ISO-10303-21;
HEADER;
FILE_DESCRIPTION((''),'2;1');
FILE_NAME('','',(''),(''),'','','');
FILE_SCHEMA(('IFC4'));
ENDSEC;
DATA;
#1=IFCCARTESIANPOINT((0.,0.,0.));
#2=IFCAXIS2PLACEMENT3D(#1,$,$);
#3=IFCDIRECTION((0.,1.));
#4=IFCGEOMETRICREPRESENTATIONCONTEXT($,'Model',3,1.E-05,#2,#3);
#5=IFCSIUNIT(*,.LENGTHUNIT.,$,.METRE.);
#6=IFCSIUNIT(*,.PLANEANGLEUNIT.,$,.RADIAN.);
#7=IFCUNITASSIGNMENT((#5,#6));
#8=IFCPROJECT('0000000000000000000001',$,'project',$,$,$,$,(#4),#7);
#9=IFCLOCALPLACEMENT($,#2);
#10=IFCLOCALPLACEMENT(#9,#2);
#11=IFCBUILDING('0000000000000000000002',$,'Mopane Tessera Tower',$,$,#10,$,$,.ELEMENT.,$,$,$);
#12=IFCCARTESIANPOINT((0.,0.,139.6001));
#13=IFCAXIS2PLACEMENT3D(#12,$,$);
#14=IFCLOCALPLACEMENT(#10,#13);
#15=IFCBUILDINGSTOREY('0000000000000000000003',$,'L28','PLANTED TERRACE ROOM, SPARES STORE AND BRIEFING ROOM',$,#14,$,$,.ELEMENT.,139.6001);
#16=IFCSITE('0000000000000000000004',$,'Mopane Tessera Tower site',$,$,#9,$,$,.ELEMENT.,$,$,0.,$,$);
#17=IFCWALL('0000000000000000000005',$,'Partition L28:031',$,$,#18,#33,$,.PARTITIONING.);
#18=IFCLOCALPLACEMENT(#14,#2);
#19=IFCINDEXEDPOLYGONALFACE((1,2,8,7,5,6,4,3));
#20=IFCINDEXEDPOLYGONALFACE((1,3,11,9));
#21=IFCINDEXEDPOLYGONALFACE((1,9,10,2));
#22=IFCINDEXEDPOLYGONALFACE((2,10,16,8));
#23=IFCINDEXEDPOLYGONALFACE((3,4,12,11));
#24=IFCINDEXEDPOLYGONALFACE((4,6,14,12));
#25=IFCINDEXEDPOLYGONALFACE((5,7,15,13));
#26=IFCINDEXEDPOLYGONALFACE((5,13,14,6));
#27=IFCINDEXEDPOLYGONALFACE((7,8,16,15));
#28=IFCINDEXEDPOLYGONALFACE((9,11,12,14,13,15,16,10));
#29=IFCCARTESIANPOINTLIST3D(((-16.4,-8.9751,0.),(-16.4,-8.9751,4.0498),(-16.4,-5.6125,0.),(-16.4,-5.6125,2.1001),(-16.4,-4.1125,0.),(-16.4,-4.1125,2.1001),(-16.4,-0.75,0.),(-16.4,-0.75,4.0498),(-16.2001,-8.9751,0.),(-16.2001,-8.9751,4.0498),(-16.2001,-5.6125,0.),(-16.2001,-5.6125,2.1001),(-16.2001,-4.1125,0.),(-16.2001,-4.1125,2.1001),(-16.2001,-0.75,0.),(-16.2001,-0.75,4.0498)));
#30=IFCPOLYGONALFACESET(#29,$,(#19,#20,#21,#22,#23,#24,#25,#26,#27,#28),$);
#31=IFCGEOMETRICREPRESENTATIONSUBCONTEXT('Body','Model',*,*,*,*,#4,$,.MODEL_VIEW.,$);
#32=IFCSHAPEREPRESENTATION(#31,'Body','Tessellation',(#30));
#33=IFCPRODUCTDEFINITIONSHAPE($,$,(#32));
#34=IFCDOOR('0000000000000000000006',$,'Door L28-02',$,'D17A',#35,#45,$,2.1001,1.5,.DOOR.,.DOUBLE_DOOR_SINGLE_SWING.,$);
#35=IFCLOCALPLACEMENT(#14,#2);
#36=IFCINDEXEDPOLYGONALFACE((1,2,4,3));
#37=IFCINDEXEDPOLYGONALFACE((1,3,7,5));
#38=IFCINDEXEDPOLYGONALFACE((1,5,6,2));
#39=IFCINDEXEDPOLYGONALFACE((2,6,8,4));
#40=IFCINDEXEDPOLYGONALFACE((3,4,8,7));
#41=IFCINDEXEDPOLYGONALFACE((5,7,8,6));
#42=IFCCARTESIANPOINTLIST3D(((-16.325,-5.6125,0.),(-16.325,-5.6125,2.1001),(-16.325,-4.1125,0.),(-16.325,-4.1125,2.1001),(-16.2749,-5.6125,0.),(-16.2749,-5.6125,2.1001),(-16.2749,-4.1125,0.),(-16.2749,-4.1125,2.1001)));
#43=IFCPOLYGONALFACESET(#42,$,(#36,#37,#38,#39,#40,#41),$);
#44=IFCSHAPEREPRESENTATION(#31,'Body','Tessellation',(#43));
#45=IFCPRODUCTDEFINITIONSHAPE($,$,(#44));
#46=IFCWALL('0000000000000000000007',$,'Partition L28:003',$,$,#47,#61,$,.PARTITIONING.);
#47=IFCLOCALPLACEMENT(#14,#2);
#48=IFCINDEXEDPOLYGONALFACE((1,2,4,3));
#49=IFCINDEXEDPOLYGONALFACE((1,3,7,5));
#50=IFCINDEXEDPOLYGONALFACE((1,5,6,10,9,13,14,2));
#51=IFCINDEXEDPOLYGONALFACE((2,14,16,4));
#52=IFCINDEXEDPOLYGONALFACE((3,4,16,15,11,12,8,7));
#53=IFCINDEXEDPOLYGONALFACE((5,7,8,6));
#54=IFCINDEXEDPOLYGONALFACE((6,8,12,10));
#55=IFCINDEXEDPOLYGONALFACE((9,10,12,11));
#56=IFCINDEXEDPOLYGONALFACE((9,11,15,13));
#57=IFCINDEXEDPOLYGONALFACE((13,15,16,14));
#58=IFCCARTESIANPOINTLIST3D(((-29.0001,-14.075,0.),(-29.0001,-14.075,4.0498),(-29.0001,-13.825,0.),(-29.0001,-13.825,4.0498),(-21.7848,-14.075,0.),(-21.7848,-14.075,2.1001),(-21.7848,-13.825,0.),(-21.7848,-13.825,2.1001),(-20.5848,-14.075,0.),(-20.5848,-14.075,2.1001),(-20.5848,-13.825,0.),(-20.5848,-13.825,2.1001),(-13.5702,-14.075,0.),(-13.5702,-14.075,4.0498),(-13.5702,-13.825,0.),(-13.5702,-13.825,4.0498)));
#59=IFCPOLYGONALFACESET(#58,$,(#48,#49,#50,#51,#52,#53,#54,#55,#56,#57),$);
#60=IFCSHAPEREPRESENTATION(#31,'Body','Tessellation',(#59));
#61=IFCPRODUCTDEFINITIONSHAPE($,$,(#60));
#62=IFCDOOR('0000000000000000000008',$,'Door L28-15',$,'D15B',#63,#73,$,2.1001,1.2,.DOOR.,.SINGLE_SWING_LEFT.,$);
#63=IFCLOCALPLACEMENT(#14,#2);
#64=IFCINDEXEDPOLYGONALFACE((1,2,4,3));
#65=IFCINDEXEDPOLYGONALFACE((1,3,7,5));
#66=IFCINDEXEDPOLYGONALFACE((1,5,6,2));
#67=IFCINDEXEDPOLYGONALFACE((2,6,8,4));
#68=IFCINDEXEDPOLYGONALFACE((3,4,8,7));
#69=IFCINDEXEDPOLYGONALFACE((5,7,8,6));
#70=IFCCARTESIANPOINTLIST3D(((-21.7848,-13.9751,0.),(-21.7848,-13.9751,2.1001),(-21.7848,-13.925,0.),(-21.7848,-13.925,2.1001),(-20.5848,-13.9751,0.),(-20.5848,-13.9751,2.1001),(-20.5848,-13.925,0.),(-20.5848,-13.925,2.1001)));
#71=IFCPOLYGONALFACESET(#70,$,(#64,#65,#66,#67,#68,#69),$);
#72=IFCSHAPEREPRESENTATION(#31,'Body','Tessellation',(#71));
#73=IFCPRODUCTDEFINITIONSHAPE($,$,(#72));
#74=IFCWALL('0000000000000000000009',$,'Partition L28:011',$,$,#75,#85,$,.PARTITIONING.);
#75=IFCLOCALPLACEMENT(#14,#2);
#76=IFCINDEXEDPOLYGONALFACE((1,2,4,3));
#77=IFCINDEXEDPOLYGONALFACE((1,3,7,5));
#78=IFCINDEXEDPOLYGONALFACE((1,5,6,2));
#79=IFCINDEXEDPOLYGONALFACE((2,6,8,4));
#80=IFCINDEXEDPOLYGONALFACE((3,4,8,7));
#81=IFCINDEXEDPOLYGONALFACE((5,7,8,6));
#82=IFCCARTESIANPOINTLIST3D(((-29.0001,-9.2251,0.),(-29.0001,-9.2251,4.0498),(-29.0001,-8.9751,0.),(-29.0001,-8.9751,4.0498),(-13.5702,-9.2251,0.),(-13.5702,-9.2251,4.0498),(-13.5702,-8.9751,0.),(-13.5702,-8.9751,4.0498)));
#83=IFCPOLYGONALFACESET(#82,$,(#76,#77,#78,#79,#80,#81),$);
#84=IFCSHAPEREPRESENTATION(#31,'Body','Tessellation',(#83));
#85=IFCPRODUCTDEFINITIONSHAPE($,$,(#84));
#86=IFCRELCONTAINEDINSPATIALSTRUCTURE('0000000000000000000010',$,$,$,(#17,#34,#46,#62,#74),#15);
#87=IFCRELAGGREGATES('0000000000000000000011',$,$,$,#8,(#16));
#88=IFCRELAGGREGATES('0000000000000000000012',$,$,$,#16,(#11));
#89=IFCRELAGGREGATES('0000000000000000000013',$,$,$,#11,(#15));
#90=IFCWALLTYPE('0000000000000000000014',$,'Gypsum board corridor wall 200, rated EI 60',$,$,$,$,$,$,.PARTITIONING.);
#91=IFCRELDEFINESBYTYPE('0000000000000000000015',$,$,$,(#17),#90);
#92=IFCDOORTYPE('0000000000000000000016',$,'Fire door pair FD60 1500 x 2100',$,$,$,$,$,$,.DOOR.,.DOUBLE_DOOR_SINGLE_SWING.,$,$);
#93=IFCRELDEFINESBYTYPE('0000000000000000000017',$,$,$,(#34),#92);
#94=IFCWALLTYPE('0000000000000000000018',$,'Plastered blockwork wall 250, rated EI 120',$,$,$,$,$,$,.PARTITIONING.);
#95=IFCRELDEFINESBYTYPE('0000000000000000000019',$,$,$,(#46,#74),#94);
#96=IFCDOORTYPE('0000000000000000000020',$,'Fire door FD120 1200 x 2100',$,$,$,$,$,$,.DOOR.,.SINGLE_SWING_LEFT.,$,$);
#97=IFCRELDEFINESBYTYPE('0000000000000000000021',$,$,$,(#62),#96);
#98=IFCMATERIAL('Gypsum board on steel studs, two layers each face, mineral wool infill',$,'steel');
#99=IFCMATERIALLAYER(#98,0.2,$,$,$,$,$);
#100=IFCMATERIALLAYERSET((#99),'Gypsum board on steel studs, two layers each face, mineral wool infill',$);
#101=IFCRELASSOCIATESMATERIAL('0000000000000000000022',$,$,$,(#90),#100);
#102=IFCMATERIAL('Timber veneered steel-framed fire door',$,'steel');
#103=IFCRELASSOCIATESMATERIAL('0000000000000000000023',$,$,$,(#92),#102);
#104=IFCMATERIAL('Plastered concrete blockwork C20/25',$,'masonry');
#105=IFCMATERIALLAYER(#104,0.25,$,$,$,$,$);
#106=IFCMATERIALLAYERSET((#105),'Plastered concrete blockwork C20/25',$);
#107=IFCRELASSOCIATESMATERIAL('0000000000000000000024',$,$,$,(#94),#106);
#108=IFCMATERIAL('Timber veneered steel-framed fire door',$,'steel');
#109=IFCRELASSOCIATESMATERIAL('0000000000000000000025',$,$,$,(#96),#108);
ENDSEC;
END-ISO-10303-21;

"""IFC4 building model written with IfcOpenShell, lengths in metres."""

from ifc_helpers import new_model, si_unit, direction, frame, frame_2d, origin, place, context, subcontext, project, spatial, rectangle, extrude, material, layer, layer_set, type_object, element, fill, save


model = new_model("IFC4")

# Units and contexts
model_context = context("Model", 3, precision=1e-05, world=origin(), true_north=direction((0.0, 1.0)))
body_context = subcontext(model_context, "Body", "Model", "MODEL_VIEW")
ifc_project = project(units=[si_unit("LENGTHUNIT", "METRE"), si_unit("PLANEANGLEUNIT", "RADIAN")], contexts=[model_context])

# Site, building, storey
site_placement = place(None, origin())
site = spatial("IfcSite", under=ifc_project, at=site_placement, Name="Mopane Tessera Tower site", CompositionType="ELEMENT", RefElevation=0.0)
building_placement = place(site_placement, origin())
building = spatial("IfcBuilding", under=site, at=building_placement, Name="Mopane Tessera Tower", CompositionType="ELEMENT")
storey_placement = place(building_placement, frame((0.0, 0.0, 139.6001)))
storey = spatial("IfcBuildingStorey", under=building, at=storey_placement, Name="L28", Description="PLANTED TERRACE ROOM, SPARES STORE AND BRIEFING ROOM", CompositionType="ELEMENT", Elevation=139.6001)

# Walls, openings, doors
ifc_material_1 = material(Name="Gypsum board on steel studs, two layers each face, mineral wool infill", Category="steel")
ifc_layer_1 = layer(ifc_material_1, 0.2)
ifc_layer_set_1 = layer_set([ifc_layer_1], Name="Gypsum board on steel studs, two layers each face, mineral wool infill")
wall_type_1 = type_object("IfcWallType", Name="Gypsum board corridor wall 200, rated EI 60", PredefinedType="PARTITIONING", material=ifc_layer_set_1)
wall_1_placement = place(storey_placement, frame((-16.3, -8.9751, 0.0), z_axis=(0.0, 0.0, 1.0), x_axis=(0.0, 1.0, 0.0)))
wall_1 = element("IfcWall", 1, at=wall_1_placement, inside=storey, type_object=wall_type_1, Name="Partition L28:031", PredefinedType="PARTITIONING", context=body_context, shape_type="SweptSolid", body=[
    extrude(rectangle(XDim=8.2251, YDim=0.2, at=frame_2d((4.1125, 0.0))), origin(), (0.0, 0.0, 1.0), 4.0498),
])
opening_1_placement = place(wall_1_placement, frame((3.3625, 0.0, 0.0)))
opening_1 = element("IfcOpeningElement", 2, at=opening_1_placement, cuts=wall_1, PredefinedType="OPENING", context=body_context, shape_type="SweptSolid", body=[
    extrude(rectangle(XDim=1.5, YDim=2.1001, at=frame_2d((0.75, 1.05))), frame((0.0, 0.1121, 0.0), z_axis=(0.0, -1.0, 0.0), x_axis=(1.0, 0.0, 0.0)), (0.0, 0.0, 1.0), 0.2239),
])
ifc_material_2 = material(Name="Timber veneered steel-framed fire door", Category="steel")
door_type_1 = type_object("IfcDoorType", Name="Fire door pair FD60 1500 x 2100", OperationType="DOUBLE_DOOR_SINGLE_SWING", PredefinedType="DOOR", material=ifc_material_2)
door_1_placement = place(opening_1_placement, origin())
door_1 = element("IfcDoor", 3, at=door_1_placement, inside=storey, type_object=door_type_1, Name="Door L28-02", ObjectType="D17A", OperationType="DOUBLE_DOOR_SINGLE_SWING", OverallHeight=2.1001, OverallWidth=1.5, PredefinedType="DOOR", context=body_context, shape_type="SweptSolid", body=[
    extrude(rectangle(XDim=1.5, YDim=2.1001, at=frame_2d((0.75, 1.05))), frame((0.0, 0.0249, 0.0), z_axis=(0.0, -1.0, 0.0), x_axis=(1.0, 0.0, 0.0)), (0.0, 0.0, 1.0), 0.05),
])
fill(opening_1, door_1)
ifc_material_3 = material(Name="Plastered concrete blockwork C20/25", Category="masonry")
ifc_layer_2 = layer(ifc_material_3, 0.25)
ifc_layer_set_2 = layer_set([ifc_layer_2], Name="Plastered concrete blockwork C20/25")
wall_type_2 = type_object("IfcWallType", Name="Plastered blockwork wall 250, rated EI 120", PredefinedType="PARTITIONING", material=ifc_layer_set_2)
wall_2_placement = place(storey_placement, frame((-29.0, -13.95, 0.0), z_axis=(0.0, 0.0, 1.0), x_axis=(1.0, 0.0, 0.0)))
wall_2 = element("IfcWall", 4, at=wall_2_placement, inside=storey, type_object=wall_type_2, Name="Partition L28:003", PredefinedType="PARTITIONING", context=body_context, shape_type="SweptSolid", body=[
    extrude(rectangle(XDim=15.4299, YDim=0.25, at=frame_2d((7.7148, 0.0))), origin(), (0.0, 0.0, 1.0), 4.0498),
])
opening_2_placement = place(wall_2_placement, frame((7.2151, 0.0, 0.0)))
opening_2 = element("IfcOpeningElement", 5, at=opening_2_placement, cuts=wall_2, PredefinedType="OPENING", context=body_context, shape_type="SweptSolid", body=[
    extrude(rectangle(XDim=1.2, YDim=2.1001, at=frame_2d((0.6001, 1.05))), frame((0.0, 0.137, 0.0), z_axis=(0.0, -1.0, 0.0), x_axis=(1.0, 0.0, 0.0)), (0.0, 0.0, 1.0), 0.2739),
])
ifc_material_4 = material(Name="Timber veneered steel-framed fire door", Category="steel")
door_type_2 = type_object("IfcDoorType", Name="Fire door FD120 1200 x 2100", OperationType="SINGLE_SWING_LEFT", PredefinedType="DOOR", material=ifc_material_4)
door_2_placement = place(opening_2_placement, origin())
door_2 = element("IfcDoor", 6, at=door_2_placement, inside=storey, type_object=door_type_2, Name="Door L28-15", ObjectType="D15B", OperationType="SINGLE_SWING_LEFT", OverallHeight=2.1001, OverallWidth=1.2, PredefinedType="DOOR", context=body_context, shape_type="SweptSolid", body=[
    extrude(rectangle(XDim=1.2, YDim=2.1001, at=frame_2d((0.6001, 1.05))), frame((0.0, 0.0249, 0.0), z_axis=(0.0, -1.0, 0.0), x_axis=(1.0, 0.0, 0.0)), (0.0, 0.0, 1.0), 0.05),
])
fill(opening_2, door_2)

# Wall
wall_3_placement = place(storey_placement, frame((-29.0, -9.1001, 0.0), z_axis=(0.0, 0.0, 1.0), x_axis=(1.0, 0.0, 0.0)))
element("IfcWall", 7, at=wall_3_placement, inside=storey, type_object=wall_type_2, Name="Partition L28:011", PredefinedType="PARTITIONING", context=body_context, shape_type="SweptSolid", body=[
    extrude(rectangle(XDim=15.4299, YDim=0.25, at=frame_2d((7.7148, 0.0))), origin(), (0.0, 0.0, 1.0), 4.0498),
])

save(model, "model.ifc")
